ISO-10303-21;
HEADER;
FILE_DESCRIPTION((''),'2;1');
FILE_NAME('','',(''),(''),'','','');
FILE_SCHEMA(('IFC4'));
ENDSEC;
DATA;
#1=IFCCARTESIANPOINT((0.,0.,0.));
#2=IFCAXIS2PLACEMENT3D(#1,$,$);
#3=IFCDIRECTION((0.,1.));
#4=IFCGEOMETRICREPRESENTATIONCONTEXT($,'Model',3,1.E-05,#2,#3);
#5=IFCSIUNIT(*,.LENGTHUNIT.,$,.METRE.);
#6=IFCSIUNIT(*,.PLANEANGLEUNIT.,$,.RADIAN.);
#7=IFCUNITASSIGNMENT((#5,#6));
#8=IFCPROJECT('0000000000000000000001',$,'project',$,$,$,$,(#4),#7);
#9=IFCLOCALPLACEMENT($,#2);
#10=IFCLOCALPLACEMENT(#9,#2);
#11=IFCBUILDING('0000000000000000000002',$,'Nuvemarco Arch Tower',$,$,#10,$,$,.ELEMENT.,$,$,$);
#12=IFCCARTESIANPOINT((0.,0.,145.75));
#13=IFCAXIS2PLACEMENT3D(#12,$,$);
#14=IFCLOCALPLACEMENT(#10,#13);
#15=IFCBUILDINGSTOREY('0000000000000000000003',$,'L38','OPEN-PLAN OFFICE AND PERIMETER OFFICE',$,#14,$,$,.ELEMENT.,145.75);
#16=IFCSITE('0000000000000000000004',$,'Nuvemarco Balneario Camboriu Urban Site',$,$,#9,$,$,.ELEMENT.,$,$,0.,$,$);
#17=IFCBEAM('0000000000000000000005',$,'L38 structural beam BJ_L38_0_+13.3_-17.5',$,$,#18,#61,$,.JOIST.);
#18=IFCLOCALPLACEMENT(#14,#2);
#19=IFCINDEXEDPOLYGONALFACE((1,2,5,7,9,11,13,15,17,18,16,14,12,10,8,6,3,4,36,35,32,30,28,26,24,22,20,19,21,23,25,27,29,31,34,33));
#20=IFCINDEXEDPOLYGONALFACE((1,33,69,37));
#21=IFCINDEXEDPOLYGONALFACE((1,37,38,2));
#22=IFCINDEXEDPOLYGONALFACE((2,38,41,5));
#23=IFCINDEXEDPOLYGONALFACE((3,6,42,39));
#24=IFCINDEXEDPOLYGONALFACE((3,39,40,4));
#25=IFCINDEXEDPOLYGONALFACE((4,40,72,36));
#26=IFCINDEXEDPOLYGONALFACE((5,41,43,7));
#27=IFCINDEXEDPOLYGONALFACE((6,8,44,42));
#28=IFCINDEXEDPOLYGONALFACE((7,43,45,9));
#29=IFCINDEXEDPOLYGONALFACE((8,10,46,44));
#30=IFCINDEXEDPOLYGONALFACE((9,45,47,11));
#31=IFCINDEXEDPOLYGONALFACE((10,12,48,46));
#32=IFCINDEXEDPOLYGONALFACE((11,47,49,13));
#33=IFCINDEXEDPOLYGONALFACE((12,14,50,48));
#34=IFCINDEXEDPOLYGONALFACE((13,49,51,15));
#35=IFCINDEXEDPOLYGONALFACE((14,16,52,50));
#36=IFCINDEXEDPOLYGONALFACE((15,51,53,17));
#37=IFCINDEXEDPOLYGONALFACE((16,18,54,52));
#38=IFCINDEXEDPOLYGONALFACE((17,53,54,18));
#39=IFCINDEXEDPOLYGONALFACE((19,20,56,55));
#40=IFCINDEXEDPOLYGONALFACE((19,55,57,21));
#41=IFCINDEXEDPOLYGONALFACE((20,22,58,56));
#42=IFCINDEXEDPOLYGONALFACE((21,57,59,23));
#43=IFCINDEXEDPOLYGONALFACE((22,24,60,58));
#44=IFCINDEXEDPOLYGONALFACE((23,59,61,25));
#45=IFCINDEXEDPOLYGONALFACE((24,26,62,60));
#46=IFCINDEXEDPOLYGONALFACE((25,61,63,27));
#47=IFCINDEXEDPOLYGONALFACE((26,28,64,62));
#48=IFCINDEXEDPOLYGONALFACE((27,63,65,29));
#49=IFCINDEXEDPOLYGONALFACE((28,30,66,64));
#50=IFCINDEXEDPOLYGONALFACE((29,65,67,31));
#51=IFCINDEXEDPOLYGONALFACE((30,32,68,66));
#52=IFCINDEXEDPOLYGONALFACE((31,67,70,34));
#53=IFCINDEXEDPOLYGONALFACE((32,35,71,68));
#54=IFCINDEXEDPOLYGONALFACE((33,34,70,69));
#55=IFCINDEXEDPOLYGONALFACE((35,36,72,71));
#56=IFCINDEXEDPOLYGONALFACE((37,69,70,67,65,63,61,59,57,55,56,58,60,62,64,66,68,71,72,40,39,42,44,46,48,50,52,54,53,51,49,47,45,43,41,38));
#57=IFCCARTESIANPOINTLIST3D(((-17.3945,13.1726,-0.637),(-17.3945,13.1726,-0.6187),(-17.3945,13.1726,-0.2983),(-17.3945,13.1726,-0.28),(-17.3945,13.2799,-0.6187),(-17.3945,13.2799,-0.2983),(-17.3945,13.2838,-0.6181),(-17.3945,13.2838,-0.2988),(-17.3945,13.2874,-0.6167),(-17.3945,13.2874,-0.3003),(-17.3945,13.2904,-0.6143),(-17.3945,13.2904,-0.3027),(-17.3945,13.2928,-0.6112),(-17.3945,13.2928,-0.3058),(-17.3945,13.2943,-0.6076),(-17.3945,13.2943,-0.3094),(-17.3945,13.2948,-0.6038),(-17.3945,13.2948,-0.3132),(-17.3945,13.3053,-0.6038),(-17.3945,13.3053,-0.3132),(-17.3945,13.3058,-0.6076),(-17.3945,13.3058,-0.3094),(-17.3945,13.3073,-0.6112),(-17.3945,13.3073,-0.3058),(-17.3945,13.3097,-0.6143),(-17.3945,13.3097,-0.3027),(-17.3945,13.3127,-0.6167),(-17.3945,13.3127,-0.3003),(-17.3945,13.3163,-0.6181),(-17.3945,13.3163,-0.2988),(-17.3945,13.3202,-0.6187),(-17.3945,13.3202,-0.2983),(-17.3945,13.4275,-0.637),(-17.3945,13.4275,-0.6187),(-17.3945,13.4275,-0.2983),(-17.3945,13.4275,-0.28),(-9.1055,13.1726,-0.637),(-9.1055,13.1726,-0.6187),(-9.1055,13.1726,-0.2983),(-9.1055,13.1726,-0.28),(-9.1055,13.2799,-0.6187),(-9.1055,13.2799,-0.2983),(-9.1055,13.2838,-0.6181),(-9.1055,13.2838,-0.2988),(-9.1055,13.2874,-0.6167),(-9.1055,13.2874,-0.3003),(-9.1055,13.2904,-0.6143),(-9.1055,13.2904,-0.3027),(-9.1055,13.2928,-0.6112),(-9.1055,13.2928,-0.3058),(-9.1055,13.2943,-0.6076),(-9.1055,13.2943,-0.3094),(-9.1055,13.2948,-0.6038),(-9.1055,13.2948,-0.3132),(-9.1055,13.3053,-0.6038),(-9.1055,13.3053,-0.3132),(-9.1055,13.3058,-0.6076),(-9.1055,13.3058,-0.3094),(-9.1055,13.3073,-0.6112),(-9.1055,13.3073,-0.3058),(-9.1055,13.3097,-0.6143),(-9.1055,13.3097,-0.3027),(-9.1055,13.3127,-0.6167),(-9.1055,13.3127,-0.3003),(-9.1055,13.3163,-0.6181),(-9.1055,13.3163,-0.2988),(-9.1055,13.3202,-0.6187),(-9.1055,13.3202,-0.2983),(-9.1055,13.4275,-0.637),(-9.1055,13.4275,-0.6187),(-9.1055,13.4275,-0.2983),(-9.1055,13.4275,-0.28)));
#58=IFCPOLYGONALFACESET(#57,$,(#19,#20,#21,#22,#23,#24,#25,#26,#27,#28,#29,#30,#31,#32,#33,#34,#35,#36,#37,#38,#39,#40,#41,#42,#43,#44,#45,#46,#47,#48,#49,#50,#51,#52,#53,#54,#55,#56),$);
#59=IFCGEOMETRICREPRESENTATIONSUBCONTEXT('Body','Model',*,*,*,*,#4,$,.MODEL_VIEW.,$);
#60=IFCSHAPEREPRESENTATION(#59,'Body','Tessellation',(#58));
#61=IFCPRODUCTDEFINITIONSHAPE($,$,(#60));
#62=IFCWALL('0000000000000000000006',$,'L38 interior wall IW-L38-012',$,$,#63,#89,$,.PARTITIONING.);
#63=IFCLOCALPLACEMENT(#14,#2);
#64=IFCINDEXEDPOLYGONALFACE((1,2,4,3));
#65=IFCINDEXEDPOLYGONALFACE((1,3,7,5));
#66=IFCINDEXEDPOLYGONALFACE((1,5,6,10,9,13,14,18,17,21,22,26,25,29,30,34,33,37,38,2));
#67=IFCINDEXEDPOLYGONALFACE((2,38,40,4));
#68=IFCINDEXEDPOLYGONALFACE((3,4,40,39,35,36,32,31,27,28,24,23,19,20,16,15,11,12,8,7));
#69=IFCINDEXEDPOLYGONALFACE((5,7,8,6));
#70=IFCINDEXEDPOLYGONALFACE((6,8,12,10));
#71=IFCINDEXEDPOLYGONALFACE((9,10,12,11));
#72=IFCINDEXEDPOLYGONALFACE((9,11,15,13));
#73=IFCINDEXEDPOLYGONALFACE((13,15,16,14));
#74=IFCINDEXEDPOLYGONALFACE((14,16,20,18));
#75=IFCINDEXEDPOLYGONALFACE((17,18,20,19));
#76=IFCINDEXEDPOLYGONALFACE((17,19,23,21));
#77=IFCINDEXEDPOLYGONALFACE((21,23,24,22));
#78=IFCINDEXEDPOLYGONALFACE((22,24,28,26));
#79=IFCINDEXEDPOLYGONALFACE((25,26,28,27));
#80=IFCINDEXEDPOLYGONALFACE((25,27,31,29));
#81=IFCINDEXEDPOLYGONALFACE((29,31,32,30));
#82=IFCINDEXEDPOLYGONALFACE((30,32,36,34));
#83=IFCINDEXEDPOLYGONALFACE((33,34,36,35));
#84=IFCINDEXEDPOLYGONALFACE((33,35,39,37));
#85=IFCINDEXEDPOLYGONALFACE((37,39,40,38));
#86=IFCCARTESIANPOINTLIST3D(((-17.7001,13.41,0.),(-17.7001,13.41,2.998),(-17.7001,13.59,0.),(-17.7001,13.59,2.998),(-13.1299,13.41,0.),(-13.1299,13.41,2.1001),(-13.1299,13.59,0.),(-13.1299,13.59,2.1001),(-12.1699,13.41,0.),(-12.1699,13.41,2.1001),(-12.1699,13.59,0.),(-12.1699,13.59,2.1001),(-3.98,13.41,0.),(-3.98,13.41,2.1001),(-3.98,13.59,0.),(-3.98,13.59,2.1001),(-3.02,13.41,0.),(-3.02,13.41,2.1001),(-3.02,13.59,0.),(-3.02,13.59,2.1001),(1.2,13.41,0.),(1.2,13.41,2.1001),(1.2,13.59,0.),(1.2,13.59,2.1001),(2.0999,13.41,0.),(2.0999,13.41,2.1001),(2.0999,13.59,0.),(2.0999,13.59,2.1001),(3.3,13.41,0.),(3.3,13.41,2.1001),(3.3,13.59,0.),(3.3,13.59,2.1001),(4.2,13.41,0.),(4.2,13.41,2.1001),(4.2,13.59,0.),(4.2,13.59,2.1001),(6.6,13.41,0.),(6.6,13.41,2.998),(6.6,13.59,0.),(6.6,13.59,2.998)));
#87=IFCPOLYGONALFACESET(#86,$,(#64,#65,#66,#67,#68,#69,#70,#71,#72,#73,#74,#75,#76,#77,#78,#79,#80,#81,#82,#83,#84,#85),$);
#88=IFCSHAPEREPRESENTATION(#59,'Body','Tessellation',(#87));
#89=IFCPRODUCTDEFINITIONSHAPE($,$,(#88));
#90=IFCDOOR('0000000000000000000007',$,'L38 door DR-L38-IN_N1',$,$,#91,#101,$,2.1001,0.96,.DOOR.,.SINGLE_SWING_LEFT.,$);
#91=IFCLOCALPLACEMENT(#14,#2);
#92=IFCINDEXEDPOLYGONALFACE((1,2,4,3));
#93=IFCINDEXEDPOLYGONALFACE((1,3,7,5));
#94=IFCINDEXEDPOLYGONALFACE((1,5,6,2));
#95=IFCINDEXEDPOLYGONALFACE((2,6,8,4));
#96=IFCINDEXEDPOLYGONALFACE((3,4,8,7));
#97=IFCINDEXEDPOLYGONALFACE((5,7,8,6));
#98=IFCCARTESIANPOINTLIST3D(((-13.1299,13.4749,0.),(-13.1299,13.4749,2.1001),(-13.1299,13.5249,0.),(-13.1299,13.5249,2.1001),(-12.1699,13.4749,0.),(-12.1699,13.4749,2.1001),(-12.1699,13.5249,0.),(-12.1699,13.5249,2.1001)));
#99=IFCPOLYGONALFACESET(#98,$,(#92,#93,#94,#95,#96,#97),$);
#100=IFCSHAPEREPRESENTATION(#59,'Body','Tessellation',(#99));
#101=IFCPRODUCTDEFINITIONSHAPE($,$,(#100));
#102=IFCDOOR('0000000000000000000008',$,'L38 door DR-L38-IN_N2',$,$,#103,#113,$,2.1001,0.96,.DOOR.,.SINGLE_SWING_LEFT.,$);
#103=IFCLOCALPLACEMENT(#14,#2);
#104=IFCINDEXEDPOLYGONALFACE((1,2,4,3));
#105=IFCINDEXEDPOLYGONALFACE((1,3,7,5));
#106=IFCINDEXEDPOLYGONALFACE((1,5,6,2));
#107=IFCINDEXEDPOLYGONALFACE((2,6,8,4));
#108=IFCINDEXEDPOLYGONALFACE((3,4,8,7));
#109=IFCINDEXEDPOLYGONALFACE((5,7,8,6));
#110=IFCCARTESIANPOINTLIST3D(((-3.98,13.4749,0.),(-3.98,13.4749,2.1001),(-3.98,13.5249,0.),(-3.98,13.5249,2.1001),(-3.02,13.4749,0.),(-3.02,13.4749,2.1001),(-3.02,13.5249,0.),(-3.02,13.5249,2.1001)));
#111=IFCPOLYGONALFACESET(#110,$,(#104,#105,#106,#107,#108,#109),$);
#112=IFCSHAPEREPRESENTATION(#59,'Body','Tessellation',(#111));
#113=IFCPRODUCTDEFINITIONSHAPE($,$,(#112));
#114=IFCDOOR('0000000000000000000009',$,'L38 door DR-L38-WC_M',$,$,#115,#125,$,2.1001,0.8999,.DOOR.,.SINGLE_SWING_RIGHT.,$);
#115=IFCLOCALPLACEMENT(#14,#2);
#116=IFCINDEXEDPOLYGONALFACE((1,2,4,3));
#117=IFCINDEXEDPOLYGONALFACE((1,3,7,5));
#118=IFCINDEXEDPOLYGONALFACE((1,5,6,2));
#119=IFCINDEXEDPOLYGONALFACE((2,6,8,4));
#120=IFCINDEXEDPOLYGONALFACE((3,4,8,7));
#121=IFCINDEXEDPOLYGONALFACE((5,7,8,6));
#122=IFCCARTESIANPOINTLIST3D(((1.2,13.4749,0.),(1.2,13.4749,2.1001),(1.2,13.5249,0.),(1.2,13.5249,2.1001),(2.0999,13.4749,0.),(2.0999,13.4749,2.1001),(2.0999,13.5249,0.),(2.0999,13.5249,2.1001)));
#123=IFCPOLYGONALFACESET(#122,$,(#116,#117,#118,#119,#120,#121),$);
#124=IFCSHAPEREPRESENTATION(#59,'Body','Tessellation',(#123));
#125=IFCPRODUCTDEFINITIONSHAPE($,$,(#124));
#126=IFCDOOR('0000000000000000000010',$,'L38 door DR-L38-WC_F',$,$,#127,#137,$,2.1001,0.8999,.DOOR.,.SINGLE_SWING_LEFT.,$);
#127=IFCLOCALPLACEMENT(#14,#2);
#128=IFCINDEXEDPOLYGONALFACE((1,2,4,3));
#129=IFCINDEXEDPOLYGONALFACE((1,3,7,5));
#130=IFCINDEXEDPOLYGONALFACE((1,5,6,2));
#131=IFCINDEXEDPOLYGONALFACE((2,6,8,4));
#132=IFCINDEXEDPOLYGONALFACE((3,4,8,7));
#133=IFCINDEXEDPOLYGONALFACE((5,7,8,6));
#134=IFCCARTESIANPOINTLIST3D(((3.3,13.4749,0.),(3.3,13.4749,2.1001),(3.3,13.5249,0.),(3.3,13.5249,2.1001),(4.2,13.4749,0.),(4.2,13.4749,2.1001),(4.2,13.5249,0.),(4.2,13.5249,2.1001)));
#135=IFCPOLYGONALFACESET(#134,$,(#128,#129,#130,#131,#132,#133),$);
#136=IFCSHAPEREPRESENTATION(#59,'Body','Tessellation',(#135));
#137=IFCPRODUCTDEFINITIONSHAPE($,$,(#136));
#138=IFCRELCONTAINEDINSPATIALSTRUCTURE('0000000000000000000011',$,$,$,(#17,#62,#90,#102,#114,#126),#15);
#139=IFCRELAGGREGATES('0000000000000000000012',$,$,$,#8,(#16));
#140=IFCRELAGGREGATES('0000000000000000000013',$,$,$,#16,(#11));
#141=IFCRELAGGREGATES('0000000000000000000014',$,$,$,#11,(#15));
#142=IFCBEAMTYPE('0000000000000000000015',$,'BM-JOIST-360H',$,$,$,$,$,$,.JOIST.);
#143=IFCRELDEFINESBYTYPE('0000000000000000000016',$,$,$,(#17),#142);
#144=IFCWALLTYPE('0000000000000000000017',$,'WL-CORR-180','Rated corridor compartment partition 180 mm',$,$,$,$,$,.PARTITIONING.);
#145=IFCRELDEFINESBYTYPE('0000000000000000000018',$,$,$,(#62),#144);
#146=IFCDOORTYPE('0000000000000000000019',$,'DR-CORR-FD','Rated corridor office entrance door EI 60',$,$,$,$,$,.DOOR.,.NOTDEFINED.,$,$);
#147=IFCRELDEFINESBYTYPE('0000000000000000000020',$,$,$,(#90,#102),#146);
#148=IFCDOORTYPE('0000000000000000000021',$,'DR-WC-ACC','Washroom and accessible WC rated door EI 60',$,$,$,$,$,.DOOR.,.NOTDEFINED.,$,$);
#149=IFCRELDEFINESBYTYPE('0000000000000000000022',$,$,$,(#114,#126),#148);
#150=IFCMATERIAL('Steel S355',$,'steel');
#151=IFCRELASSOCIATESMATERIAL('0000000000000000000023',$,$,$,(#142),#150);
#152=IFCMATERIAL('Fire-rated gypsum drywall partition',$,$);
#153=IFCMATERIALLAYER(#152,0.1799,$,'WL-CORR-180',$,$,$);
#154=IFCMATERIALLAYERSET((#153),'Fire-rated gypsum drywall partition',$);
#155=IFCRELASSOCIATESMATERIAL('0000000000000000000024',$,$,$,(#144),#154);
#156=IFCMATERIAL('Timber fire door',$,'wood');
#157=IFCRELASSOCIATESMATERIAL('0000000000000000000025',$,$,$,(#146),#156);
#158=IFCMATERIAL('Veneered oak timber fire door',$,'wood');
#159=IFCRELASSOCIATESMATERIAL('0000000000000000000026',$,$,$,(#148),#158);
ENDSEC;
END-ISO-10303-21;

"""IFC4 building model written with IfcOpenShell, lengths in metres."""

from ifc_helpers import new_model, si_unit, direction, frame, frame_2d, origin, origin_2d, place, context, subcontext, project, spatial, rectangle, i_section, extrude, source, transform, mapped, material, layer, layer_set, material_profile, profile_set, type_object, type_shapes, element, fill, save


model = new_model("IFC4")

# Units and contexts
model_context = context("Model", 3, precision=1e-05, world=origin(), true_north=direction((0.0, 1.0)))
body_context = subcontext(model_context, "Body", "Model", "MODEL_VIEW")
ifc_project = project(units=[si_unit("LENGTHUNIT", "METRE"), si_unit("PLANEANGLEUNIT", "RADIAN")], contexts=[model_context])

# Site, building, storey
site_placement = place(None, origin())
site = spatial("IfcSite", under=ifc_project, at=site_placement, Name="Nuvemarco Balneario Camboriu Urban Site", CompositionType="ELEMENT", RefElevation=0.0)
building_placement = place(site_placement, origin())
building = spatial("IfcBuilding", under=site, at=building_placement, Name="Nuvemarco Arch Tower", CompositionType="ELEMENT")
storey_placement = place(building_placement, frame((0.0, 0.0, 145.75)))
storey = spatial("IfcBuildingStorey", under=building, at=storey_placement, Name="L38", Description="OPEN-PLAN OFFICE AND PERIMETER OFFICE", CompositionType="ELEMENT", Elevation=145.75)

# Shared definitions
ifc_material_1 = material(Name="Steel S355", Category="steel")

# Beam
ifc_material_profile_1 = material_profile(ifc_material_1, i_section(OverallWidth=0.2549, OverallDepth=0.3569, WebThickness=0.0105, FlangeThickness=0.0183, FilletRadius=0.0149, at=origin_2d()), Name="W360x101")
ifc_profile_set_1 = profile_set([ifc_material_profile_1], Name="Steel S355")
beam_type_1 = type_object("IfcBeamType", Name="BM-JOIST-360H", PredefinedType="JOIST", material=ifc_profile_set_1)
beam_1_placement = place(storey_placement, frame((-17.3945, 13.3, -0.4585), z_axis=(1.0, 0.0, 0.0), x_axis=(0.0, 1.0, 0.0)))
element("IfcBeam", 1, at=beam_1_placement, inside=storey, type_object=beam_type_1, Name="L38 structural beam BJ_L38_0_+13.3_-17.5", PredefinedType="JOIST", context=body_context, shape_type="SweptSolid", body=[
    extrude(i_section(OverallWidth=0.2549, OverallDepth=0.3569, WebThickness=0.0105, FlangeThickness=0.0183, FilletRadius=0.0149, at=origin_2d()), origin(), (0.0, 0.0, 1.0), 8.2891),
])

# Wall, openings, doors
ifc_material_2 = material(Name="Fire-rated gypsum drywall partition")
ifc_layer_1 = layer(ifc_material_2, 0.1799, Name="WL-CORR-180")
ifc_layer_set_1 = layer_set([ifc_layer_1], Name="Fire-rated gypsum drywall partition")
wall_type_1 = type_object("IfcWallType", Name="WL-CORR-180", Description="Rated corridor compartment partition 180 mm", PredefinedType="PARTITIONING", material=ifc_layer_set_1)
wall_1_placement = place(storey_placement, frame((-17.7, 13.5, 0.0), z_axis=(0.0, 0.0, 1.0), x_axis=(1.0, 0.0, 0.0)))
wall_1 = element("IfcWall", 2, at=wall_1_placement, inside=storey, type_object=wall_type_1, Name="L38 interior wall IW-L38-012", PredefinedType="PARTITIONING", context=body_context, shape_type="SweptSolid", body=[
    extrude(rectangle(XDim=24.3, YDim=0.1799, at=frame_2d((12.1499, 0.0))), origin(), (0.0, 0.0, 1.0), 2.998),
])
opening_1_placement = place(wall_1_placement, frame((4.5701, 0.0, 0.0)))
opening_1 = element("IfcOpeningElement", 3, at=opening_1_placement, cuts=wall_1, PredefinedType="OPENING", context=body_context, shape_type="SweptSolid", body=[
    extrude(rectangle(XDim=0.96, YDim=2.1001, at=frame_2d((0.48, 1.05))), frame((0.0, 0.0999, 0.0), z_axis=(0.0, -1.0, 0.0), x_axis=(1.0, 0.0, 0.0)), (0.0, 0.0, 1.0), 0.2),
])
opening_2_placement = place(wall_1_placement, frame((13.72, 0.0, 0.0)))
opening_2 = element("IfcOpeningElement", 4, at=opening_2_placement, cuts=wall_1, PredefinedType="OPENING", context=body_context, shape_type="SweptSolid", body=[
    extrude(rectangle(XDim=0.96, YDim=2.1001, at=frame_2d((0.48, 1.05))), frame((0.0, 0.0999, 0.0), z_axis=(0.0, -1.0, 0.0), x_axis=(1.0, 0.0, 0.0)), (0.0, 0.0, 1.0), 0.2),
])
opening_3_placement = place(wall_1_placement, frame((18.8999, 0.0, 0.0)))
opening_3 = element("IfcOpeningElement", 5, at=opening_3_placement, cuts=wall_1, PredefinedType="OPENING", context=body_context, shape_type="SweptSolid", body=[
    extrude(rectangle(XDim=0.8999, YDim=2.1001, at=frame_2d((0.45, 1.05))), frame((0.0, 0.0999, 0.0), z_axis=(0.0, -1.0, 0.0), x_axis=(1.0, 0.0, 0.0)), (0.0, 0.0, 1.0), 0.2),
])
opening_4_placement = place(wall_1_placement, frame((21.0, 0.0, 0.0)))
opening_4 = element("IfcOpeningElement", 6, at=opening_4_placement, cuts=wall_1, PredefinedType="OPENING", context=body_context, shape_type="SweptSolid", body=[
    extrude(rectangle(XDim=0.8999, YDim=2.1001, at=frame_2d((0.45, 1.05))), frame((0.0, 0.0999, 0.0), z_axis=(0.0, -1.0, 0.0), x_axis=(1.0, 0.0, 0.0)), (0.0, 0.0, 1.0), 0.2),
])
ifc_material_3 = material(Name="Timber fire door", Category="wood")
door_type_1 = type_object("IfcDoorType", Name="DR-CORR-FD", Description="Rated corridor office entrance door EI 60", OperationType="NOTDEFINED", PredefinedType="DOOR", material=ifc_material_3)
shared_shape_1 = source(origin(), body_context, "Body", "SweptSolid", [
    extrude(rectangle(XDim=0.96, YDim=2.1001, at=frame_2d((0.48, 1.05))), frame((0.0, 0.0249, 0.0), z_axis=(0.0, -1.0, 0.0), x_axis=(1.0, 0.0, 0.0)), (0.0, 0.0, 1.0), 0.05),
])
type_shapes(door_type_1, [shared_shape_1])
door_1_placement = place(opening_1_placement, origin())
door_1 = element("IfcDoor", 7, at=door_1_placement, inside=storey, type_object=door_type_1, Name="L38 door DR-L38-IN_N1", OperationType="SINGLE_SWING_LEFT", OverallHeight=2.1001, OverallWidth=0.96, PredefinedType="DOOR", context=body_context, shape_type="MappedRepresentation", body=[
    mapped(shared_shape_1, transform((0.0, 0.0, 0.0), scale=1.0)),
])
fill(opening_1, door_1)
door_2_placement = place(opening_2_placement, origin())
door_2 = element("IfcDoor", 8, at=door_2_placement, inside=storey, type_object=door_type_1, Name="L38 door DR-L38-IN_N2", OperationType="SINGLE_SWING_LEFT", OverallHeight=2.1001, OverallWidth=0.96, PredefinedType="DOOR", context=body_context, shape_type="MappedRepresentation", body=[
    mapped(shared_shape_1, transform((0.0, 0.0, 0.0), scale=1.0)),
])
fill(opening_2, door_2)
ifc_material_4 = material(Name="Veneered oak timber fire door", Category="wood")
door_type_2 = type_object("IfcDoorType", Name="DR-WC-ACC", Description="Washroom and accessible WC rated door EI 60", OperationType="NOTDEFINED", PredefinedType="DOOR", material=ifc_material_4)
shared_shape_2 = source(origin(), body_context, "Body", "SweptSolid", [
    extrude(rectangle(XDim=0.8999, YDim=2.1001, at=frame_2d((0.45, 1.05))), frame((0.0, 0.0249, 0.0), z_axis=(0.0, -1.0, 0.0), x_axis=(1.0, 0.0, 0.0)), (0.0, 0.0, 1.0), 0.05),
])
type_shapes(door_type_2, [shared_shape_2])
door_3_placement = place(opening_3_placement, origin())
door_3 = element("IfcDoor", 9, at=door_3_placement, inside=storey, type_object=door_type_2, Name="L38 door DR-L38-WC_M", OperationType="SINGLE_SWING_RIGHT", OverallHeight=2.1001, OverallWidth=0.8999, PredefinedType="DOOR", context=body_context, shape_type="MappedRepresentation", body=[
    mapped(shared_shape_2, transform((0.0, 0.0, 0.0), scale=1.0)),
])
fill(opening_3, door_3)
door_4_placement = place(opening_4_placement, origin())
door_4 = element("IfcDoor", 10, at=door_4_placement, inside=storey, type_object=door_type_2, Name="L38 door DR-L38-WC_F", OperationType="SINGLE_SWING_LEFT", OverallHeight=2.1001, OverallWidth=0.8999, PredefinedType="DOOR", context=body_context, shape_type="MappedRepresentation", body=[
    mapped(shared_shape_2, transform((0.0, 0.0, 0.0), scale=1.0)),
])
fill(opening_4, door_4)

save(model, "model.ifc")
